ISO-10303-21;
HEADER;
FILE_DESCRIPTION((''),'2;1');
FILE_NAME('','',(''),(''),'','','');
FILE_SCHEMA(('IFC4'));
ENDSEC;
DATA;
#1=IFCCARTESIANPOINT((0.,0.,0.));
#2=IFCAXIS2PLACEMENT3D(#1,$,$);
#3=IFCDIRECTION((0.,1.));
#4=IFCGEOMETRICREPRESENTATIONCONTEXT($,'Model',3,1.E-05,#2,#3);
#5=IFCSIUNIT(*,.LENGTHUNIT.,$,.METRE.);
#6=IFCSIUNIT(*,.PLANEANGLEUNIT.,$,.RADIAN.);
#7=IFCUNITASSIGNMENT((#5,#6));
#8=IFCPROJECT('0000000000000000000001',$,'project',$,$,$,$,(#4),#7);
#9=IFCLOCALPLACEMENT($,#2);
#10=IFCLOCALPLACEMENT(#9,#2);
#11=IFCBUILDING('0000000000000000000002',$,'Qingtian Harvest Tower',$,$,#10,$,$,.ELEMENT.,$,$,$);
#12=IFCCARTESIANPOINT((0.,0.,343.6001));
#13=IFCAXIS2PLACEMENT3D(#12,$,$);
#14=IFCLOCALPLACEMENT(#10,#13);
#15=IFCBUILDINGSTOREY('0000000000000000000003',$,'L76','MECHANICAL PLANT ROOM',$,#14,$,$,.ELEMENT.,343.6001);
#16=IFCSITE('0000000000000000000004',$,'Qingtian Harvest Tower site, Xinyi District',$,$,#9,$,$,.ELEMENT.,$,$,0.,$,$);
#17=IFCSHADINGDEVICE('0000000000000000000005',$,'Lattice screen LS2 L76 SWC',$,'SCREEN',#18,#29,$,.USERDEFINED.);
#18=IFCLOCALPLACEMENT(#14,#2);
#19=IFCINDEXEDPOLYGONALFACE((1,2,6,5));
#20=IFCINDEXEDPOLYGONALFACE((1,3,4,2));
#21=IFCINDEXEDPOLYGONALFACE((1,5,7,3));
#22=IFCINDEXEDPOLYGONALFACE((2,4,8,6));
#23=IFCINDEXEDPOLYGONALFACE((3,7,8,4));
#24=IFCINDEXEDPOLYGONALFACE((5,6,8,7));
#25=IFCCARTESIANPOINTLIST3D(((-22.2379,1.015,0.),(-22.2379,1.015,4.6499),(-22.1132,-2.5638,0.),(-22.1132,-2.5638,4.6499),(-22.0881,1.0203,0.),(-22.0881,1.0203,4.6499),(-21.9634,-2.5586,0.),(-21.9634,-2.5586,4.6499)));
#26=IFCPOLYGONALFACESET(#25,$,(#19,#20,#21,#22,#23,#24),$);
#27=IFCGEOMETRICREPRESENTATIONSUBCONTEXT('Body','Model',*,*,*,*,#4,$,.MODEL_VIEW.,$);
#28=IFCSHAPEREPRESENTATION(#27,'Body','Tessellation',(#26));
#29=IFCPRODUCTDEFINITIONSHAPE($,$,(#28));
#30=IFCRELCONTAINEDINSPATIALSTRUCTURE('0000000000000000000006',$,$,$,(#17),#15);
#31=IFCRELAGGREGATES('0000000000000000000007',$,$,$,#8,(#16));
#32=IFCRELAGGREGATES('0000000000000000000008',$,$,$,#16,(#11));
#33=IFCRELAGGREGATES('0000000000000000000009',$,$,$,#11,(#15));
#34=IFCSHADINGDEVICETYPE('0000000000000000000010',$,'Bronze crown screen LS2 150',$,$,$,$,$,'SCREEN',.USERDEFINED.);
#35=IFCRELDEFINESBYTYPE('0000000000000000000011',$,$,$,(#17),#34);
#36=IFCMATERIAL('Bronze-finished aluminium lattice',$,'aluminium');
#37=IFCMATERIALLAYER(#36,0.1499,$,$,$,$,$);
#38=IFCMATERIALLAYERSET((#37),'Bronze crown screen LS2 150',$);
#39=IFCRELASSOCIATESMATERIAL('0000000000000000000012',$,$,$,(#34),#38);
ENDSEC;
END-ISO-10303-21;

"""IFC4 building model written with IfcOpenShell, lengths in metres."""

from ifc_helpers import new_model, si_unit, direction, frame, origin, place, context, subcontext, project, spatial, polyline, outline, extrude, material, layer, layer_set, type_object, element, save


model = new_model("IFC4")

# Units and contexts
model_context = context("Model", 3, precision=1e-05, world=origin(), true_north=direction((0.0, 1.0)))
body_context = subcontext(model_context, "Body", "Model", "MODEL_VIEW")
ifc_project = project(units=[si_unit("LENGTHUNIT", "METRE"), si_unit("PLANEANGLEUNIT", "RADIAN")], contexts=[model_context])

# Site, building, storey
site_placement = place(None, origin())
site = spatial("IfcSite", under=ifc_project, at=site_placement, Name="Qingtian Harvest Tower site, Xinyi District", CompositionType="ELEMENT", RefElevation=0.0)
building_placement = place(site_placement, origin())
building = spatial("IfcBuilding", under=site, at=building_placement, Name="Qingtian Harvest Tower", CompositionType="ELEMENT")
storey_placement = place(building_placement, frame((0.0, 0.0, 343.6001)))
storey = spatial("IfcBuildingStorey", under=building, at=storey_placement, Name="L76", Description="MECHANICAL PLANT ROOM", CompositionType="ELEMENT", Elevation=343.6001)

# Shading device
ifc_material_1 = material(Name="Bronze-finished aluminium lattice", Category="aluminium")
ifc_layer_1 = layer(ifc_material_1, 0.1499)
ifc_layer_set_1 = layer_set([ifc_layer_1], Name="Bronze crown screen LS2 150")
shading_device_type = type_object("IfcShadingDeviceType", Name="Bronze crown screen LS2 150", ElementType="SCREEN", PredefinedType="USERDEFINED", material=ifc_layer_set_1)
shading_device_1_placement = place(storey_placement, frame((-21.9634, -2.5586, 0.0), z_axis=(0.999393, 0.034838, 0.0), x_axis=(-0.034838, 0.999393, 0.0)))
element("IfcShadingDevice", 1, at=shading_device_1_placement, inside=storey, type_object=shading_device_type, Name="Lattice screen LS2 L76 SWC", ObjectType="SCREEN", PredefinedType="USERDEFINED", context=body_context, shape_type="SweptSolid", body=[
    extrude(outline(polyline([(0.0, 0.0), (3.581, 0.0), (3.581, 4.6499), (0.0, 4.6499), (0.0, 0.0)])), origin(), (0.0, 0.0, -1.0), 0.1499),
])

save(model, "model.ifc")
